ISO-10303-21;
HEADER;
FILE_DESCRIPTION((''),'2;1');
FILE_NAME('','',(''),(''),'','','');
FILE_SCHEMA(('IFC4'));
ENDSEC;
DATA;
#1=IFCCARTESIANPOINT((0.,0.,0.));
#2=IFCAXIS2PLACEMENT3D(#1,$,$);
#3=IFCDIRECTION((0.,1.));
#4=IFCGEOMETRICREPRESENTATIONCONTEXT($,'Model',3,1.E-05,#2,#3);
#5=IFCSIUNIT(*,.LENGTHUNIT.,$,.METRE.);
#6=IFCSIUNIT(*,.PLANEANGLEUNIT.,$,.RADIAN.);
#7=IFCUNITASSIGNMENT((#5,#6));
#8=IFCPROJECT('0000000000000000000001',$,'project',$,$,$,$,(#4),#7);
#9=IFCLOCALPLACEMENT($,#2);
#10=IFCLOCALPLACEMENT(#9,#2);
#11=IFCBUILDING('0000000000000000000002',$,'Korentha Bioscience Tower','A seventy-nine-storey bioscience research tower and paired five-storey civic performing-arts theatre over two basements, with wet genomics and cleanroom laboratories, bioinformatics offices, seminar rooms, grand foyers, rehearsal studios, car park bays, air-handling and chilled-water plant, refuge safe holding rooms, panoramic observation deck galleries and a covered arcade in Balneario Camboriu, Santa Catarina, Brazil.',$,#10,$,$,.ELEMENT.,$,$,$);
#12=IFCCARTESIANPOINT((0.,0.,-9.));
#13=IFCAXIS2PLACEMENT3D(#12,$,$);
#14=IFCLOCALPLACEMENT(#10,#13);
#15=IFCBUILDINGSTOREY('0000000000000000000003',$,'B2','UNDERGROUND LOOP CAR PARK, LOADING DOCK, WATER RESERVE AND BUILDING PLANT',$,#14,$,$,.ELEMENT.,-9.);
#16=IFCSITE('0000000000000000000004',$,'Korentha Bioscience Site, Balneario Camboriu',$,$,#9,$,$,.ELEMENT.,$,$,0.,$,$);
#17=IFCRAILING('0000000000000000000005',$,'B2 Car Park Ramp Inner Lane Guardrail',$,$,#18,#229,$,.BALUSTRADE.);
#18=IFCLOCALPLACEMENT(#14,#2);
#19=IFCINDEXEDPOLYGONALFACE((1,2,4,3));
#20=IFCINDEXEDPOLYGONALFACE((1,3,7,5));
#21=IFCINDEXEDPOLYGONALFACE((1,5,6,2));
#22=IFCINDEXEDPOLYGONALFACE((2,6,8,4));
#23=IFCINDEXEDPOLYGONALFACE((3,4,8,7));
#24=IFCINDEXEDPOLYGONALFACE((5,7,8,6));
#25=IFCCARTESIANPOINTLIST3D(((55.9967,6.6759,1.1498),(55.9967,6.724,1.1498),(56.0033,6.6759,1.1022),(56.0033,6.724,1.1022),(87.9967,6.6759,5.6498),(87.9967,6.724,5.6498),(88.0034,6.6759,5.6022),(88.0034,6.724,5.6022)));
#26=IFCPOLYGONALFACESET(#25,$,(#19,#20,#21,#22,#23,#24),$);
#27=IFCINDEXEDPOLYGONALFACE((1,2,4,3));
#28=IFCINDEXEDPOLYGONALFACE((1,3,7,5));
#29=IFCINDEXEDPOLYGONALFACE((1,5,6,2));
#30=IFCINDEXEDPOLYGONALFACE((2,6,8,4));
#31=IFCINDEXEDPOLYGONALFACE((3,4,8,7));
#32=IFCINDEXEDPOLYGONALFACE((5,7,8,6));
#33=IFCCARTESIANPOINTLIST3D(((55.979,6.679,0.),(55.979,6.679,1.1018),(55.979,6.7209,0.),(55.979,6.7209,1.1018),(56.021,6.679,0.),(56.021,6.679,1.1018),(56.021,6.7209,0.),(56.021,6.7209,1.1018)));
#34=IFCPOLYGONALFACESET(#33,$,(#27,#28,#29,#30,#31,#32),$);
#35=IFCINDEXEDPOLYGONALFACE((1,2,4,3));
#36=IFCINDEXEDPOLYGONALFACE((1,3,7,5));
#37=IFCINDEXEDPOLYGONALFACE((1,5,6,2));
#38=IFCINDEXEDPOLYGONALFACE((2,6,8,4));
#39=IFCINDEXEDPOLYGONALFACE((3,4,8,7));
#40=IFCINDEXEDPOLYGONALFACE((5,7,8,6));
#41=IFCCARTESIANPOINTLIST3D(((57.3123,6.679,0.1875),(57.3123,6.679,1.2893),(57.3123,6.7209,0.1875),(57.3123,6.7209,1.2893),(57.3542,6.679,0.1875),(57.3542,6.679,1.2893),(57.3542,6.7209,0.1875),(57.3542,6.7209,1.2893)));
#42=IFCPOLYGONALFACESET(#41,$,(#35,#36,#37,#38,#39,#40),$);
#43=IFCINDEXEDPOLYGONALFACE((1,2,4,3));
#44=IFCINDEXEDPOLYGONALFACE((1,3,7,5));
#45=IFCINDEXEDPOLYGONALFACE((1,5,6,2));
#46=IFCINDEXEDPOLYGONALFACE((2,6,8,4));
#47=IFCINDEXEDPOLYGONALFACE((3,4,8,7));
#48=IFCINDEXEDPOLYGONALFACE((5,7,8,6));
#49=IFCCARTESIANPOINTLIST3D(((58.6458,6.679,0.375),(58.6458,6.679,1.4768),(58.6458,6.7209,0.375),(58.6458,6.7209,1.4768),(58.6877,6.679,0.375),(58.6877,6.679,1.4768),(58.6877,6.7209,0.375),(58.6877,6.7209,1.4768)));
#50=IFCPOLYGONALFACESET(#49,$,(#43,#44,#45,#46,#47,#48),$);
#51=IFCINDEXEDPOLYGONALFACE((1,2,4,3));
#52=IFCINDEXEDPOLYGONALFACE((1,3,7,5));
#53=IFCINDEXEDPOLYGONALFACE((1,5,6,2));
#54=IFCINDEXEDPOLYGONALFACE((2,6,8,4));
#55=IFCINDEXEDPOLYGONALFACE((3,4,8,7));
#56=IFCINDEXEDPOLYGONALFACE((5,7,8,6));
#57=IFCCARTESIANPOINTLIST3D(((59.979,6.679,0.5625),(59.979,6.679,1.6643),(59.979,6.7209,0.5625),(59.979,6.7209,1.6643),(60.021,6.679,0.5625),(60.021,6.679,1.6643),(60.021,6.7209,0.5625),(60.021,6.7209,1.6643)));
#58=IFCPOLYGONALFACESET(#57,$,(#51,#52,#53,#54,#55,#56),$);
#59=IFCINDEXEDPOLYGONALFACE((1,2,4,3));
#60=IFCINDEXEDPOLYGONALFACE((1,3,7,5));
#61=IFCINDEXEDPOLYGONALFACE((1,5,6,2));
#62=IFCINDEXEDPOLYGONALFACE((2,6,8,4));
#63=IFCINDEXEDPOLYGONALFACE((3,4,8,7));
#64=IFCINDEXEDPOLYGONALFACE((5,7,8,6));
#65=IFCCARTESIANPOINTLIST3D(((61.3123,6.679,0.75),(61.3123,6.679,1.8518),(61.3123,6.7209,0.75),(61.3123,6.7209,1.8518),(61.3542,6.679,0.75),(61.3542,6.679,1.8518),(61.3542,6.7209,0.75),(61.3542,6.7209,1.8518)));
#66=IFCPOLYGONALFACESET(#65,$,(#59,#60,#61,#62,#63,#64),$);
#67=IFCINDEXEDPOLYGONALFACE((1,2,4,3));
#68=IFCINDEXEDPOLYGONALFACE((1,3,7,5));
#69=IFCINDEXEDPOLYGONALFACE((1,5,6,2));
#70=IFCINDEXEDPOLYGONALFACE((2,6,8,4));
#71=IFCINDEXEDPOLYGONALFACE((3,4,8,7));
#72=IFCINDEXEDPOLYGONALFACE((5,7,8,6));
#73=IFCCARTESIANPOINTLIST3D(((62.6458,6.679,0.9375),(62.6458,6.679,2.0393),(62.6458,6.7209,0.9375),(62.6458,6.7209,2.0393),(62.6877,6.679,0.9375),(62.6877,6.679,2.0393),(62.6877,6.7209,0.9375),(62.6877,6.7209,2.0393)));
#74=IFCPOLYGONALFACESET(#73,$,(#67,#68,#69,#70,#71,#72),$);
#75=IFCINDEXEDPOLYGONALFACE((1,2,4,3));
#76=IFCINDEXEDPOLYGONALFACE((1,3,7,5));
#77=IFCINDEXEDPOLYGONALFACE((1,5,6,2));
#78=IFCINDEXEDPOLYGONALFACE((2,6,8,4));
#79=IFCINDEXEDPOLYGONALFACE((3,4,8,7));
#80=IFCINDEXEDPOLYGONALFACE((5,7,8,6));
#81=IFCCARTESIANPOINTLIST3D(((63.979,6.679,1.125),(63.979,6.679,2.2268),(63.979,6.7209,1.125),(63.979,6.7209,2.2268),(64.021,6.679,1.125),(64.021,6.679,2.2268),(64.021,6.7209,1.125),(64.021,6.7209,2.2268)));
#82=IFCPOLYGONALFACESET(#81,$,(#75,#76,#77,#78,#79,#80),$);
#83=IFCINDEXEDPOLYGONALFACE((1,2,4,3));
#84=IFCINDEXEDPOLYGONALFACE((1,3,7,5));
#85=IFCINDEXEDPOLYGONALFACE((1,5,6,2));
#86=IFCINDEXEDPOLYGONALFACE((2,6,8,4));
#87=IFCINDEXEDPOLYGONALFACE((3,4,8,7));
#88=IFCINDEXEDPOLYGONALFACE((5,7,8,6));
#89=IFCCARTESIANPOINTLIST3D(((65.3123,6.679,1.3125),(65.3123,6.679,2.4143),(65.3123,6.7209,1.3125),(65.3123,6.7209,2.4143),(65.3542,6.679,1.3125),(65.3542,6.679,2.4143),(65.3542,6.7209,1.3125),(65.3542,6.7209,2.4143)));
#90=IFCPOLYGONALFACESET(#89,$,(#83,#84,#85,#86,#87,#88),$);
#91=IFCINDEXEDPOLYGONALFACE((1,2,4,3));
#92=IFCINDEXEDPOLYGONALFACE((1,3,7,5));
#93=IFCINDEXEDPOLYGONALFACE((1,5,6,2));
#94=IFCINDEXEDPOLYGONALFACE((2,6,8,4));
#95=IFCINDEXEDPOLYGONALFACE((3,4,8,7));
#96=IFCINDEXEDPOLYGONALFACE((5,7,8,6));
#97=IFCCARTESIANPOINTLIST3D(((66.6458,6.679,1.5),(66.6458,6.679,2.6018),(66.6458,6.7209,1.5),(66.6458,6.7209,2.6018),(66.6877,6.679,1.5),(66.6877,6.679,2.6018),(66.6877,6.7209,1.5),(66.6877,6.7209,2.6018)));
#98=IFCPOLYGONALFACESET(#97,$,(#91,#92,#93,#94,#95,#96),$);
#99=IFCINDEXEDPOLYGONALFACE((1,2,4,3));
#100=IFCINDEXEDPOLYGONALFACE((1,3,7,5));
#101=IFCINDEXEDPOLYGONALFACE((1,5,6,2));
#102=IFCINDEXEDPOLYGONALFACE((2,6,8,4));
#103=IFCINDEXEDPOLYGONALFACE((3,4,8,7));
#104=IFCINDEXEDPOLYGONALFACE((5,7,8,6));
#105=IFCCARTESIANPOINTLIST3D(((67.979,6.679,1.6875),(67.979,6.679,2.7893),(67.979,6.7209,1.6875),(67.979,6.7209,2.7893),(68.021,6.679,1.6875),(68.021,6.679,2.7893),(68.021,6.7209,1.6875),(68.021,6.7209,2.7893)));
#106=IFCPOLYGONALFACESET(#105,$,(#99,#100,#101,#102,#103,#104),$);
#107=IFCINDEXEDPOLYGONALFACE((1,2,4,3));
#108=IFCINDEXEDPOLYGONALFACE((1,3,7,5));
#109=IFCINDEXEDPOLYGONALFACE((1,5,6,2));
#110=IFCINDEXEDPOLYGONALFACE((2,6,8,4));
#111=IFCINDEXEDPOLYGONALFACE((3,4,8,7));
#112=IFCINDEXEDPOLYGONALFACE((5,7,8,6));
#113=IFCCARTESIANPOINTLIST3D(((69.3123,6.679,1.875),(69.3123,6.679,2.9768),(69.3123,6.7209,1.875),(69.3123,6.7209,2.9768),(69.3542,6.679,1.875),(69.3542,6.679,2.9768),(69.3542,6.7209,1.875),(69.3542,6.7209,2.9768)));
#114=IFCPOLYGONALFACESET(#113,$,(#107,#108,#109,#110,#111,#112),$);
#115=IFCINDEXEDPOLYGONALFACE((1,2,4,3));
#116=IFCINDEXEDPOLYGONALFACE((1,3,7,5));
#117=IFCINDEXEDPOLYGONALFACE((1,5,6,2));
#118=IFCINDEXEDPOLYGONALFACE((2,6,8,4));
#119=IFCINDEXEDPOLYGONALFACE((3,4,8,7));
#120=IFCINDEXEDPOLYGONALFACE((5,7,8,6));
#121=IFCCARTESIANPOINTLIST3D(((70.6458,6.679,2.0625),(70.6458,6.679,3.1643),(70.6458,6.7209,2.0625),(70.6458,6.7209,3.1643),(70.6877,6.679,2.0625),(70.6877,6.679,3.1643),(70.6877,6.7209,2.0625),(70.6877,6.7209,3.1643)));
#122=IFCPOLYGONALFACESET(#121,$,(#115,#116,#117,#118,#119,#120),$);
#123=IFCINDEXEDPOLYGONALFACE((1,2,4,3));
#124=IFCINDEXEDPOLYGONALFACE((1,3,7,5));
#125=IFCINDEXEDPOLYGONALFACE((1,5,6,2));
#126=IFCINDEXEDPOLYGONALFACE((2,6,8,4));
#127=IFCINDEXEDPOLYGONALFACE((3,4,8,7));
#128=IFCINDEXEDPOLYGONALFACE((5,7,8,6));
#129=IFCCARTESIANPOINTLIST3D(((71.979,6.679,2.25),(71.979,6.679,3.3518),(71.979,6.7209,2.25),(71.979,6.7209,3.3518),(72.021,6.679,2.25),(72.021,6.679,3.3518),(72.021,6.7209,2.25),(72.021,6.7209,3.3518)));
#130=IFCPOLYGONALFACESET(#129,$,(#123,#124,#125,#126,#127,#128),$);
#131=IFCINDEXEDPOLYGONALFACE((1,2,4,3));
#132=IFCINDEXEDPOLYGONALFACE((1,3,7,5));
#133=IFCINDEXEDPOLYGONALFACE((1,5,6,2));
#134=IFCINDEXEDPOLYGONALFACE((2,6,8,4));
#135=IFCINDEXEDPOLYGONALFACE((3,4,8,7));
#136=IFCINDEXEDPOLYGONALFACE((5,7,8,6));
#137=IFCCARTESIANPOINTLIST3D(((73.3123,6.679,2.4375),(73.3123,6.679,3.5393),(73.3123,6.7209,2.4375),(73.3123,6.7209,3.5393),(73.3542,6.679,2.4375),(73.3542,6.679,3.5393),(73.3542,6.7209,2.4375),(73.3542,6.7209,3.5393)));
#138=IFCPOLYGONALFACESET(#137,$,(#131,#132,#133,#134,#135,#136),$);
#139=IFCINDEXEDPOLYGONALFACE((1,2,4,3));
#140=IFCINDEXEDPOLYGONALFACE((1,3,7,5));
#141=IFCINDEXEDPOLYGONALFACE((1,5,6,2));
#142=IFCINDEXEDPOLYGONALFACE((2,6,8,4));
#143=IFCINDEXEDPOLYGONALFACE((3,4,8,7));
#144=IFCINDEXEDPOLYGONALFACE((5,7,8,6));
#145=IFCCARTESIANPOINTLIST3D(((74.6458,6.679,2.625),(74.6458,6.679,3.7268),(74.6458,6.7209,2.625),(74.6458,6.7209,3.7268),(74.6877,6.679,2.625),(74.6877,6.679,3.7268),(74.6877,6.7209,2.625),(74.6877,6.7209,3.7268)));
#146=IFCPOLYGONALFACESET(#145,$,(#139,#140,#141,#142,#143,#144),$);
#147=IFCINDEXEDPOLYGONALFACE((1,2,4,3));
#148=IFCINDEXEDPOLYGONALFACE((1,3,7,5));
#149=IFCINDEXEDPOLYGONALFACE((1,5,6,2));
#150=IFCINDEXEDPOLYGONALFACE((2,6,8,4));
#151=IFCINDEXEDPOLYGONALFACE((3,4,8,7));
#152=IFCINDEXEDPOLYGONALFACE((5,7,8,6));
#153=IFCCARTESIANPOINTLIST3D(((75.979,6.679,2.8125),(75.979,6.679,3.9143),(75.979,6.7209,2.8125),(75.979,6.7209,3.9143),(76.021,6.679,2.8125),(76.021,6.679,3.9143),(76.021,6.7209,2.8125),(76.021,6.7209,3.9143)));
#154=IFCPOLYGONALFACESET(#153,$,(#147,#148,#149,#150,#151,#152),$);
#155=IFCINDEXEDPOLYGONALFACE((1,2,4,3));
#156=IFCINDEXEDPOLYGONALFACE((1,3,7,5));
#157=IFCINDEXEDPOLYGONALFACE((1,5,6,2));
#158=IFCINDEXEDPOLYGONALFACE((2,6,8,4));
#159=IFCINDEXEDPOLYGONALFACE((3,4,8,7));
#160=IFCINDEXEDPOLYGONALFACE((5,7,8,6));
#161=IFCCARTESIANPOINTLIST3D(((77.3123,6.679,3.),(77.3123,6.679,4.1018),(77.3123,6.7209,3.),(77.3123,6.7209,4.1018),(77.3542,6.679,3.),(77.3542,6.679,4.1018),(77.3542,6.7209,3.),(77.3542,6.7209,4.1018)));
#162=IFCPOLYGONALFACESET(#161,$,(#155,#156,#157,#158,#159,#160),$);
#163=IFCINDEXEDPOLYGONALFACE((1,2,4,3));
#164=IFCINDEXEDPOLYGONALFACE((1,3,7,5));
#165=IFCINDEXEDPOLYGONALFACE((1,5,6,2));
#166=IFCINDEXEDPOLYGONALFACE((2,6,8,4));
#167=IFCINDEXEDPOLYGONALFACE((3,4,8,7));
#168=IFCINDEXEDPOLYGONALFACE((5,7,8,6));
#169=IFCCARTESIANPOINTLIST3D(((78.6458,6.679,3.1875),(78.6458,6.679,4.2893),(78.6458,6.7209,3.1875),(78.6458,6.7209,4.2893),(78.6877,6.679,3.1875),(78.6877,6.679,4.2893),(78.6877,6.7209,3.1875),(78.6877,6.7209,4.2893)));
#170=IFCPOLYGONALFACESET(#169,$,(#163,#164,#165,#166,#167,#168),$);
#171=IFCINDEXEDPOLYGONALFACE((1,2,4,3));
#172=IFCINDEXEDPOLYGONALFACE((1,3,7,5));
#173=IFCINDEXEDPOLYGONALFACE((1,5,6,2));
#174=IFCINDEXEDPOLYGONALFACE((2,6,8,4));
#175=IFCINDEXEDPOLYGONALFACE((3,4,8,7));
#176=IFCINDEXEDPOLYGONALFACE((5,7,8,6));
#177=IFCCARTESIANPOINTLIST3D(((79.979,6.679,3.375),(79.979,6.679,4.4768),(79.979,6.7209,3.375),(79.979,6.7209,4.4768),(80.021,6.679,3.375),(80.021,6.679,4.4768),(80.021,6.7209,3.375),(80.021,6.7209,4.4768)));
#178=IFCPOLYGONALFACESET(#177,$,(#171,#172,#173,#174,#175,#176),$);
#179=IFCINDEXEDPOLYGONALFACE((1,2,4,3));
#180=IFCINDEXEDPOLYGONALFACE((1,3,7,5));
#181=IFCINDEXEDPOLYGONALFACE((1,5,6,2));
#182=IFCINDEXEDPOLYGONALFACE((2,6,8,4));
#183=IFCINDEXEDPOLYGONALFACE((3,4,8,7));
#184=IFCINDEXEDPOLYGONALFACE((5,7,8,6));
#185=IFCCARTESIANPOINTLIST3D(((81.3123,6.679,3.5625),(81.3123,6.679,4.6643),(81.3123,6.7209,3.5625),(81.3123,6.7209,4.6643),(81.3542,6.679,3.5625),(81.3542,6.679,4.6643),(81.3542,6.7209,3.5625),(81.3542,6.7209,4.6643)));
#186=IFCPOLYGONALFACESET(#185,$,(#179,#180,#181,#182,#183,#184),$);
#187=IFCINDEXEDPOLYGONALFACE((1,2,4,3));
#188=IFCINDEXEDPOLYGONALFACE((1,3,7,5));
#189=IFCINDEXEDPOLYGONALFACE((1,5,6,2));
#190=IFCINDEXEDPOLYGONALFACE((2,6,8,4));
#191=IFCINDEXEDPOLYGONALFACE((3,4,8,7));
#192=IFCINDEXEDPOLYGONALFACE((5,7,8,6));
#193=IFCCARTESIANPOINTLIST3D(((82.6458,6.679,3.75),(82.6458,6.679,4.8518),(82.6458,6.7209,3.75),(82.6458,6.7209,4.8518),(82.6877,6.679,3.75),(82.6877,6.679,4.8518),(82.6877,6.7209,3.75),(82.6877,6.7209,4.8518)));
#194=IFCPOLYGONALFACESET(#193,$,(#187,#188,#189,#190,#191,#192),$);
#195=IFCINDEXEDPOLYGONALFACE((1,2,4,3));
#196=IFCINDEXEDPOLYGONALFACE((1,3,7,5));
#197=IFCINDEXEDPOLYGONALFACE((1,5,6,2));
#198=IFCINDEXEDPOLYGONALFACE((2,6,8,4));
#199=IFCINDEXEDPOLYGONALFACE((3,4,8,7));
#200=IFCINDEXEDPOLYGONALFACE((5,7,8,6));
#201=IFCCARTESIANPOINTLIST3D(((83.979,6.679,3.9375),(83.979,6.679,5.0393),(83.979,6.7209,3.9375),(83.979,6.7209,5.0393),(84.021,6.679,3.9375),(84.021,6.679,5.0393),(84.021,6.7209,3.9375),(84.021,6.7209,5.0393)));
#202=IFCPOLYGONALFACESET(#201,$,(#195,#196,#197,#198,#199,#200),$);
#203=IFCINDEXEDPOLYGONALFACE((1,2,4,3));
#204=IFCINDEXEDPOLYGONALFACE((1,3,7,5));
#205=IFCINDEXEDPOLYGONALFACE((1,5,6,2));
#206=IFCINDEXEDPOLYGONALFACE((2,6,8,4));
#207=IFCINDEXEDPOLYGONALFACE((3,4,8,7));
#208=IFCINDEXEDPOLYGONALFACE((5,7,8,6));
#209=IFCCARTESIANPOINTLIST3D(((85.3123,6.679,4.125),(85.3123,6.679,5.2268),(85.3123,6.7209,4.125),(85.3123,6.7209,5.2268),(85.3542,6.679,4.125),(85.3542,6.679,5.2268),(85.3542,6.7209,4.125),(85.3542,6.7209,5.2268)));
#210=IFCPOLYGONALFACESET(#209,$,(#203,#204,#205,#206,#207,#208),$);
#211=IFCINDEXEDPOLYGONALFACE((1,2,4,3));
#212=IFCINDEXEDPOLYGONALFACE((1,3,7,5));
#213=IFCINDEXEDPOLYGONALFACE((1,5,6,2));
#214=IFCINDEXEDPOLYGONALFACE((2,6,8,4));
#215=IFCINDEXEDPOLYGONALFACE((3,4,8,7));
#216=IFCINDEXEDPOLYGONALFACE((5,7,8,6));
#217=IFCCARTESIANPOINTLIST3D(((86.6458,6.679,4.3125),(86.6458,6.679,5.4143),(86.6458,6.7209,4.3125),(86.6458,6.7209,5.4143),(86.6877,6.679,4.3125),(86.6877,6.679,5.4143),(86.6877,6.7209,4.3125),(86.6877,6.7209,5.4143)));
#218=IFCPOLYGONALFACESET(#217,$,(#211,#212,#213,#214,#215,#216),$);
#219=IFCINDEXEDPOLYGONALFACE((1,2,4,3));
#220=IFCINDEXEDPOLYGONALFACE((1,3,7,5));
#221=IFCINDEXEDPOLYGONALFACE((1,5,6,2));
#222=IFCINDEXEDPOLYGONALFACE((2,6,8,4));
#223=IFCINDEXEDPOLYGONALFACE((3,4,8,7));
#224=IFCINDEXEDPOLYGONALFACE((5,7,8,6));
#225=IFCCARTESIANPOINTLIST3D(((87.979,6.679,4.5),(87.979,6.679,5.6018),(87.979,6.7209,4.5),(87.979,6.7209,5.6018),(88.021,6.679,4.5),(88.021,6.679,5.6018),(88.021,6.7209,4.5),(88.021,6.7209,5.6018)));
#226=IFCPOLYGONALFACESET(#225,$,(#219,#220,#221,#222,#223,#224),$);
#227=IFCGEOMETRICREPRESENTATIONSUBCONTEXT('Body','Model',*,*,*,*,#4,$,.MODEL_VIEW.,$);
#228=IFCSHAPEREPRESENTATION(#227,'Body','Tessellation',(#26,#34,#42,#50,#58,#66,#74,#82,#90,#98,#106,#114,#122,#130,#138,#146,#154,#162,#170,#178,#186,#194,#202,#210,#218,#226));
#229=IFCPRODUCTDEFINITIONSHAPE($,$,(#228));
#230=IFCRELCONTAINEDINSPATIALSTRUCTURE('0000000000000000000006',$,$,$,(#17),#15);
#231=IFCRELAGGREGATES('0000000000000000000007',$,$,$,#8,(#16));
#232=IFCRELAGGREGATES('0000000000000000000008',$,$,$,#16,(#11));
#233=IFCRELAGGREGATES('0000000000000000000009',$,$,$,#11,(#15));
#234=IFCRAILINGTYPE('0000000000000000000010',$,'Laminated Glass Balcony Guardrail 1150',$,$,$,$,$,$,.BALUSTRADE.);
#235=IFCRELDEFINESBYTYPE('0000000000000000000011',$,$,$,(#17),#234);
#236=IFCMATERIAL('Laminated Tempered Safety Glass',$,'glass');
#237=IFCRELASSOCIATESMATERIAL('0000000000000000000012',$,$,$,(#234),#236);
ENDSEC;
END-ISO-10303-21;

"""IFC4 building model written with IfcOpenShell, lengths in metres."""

from ifc_helpers import new_model, si_unit, direction, frame, origin, origin_2d, place, context, subcontext, project, spatial, rectangle, extrude, material, type_object, element, save


model = new_model("IFC4")

# Units and contexts
model_context = context("Model", 3, precision=1e-05, world=origin(), true_north=direction((0.0, 1.0)))
body_context = subcontext(model_context, "Body", "Model", "MODEL_VIEW")
ifc_project = project(units=[si_unit("LENGTHUNIT", "METRE"), si_unit("PLANEANGLEUNIT", "RADIAN")], contexts=[model_context])

# Site, building, storey
site_placement = place(None, origin())
site = spatial("IfcSite", under=ifc_project, at=site_placement, Name="Korentha Bioscience Site, Balneario Camboriu", CompositionType="ELEMENT", RefElevation=0.0)
building_placement = place(site_placement, origin())
building = spatial("IfcBuilding", under=site, at=building_placement, Name="Korentha Bioscience Tower", Description="A seventy-nine-storey bioscience research tower and paired five-storey civic performing-arts theatre over two basements, with wet genomics and cleanroom laboratories, bioinformatics offices, seminar rooms, grand foyers, rehearsal studios, car park bays, air-handling and chilled-water plant, refuge safe holding rooms, panoramic observation deck galleries and a covered arcade in Balneario Camboriu, Santa Catarina, Brazil.", CompositionType="ELEMENT")
storey_placement = place(building_placement, frame((0.0, 0.0, -9.0)))
storey = spatial("IfcBuildingStorey", under=building, at=storey_placement, Name="B2", Description="UNDERGROUND LOOP CAR PARK, LOADING DOCK, WATER RESERVE AND BUILDING PLANT", CompositionType="ELEMENT", Elevation=-9.0)

# Railing
ifc_material_1 = material(Name="Laminated Tempered Safety Glass", Category="glass")
railing_type = type_object("IfcRailingType", Name="Laminated Glass Balcony Guardrail 1150", PredefinedType="BALUSTRADE", material=ifc_material_1)
railing_placement = place(storey_placement, frame((56.0, 6.7, 0.0)))
element("IfcRailing", 1, at=railing_placement, inside=storey, type_object=railing_type, Name="B2 Car Park Ramp Inner Lane Guardrail", PredefinedType="BALUSTRADE", context=body_context, shape_type="SweptSolid", body=[
    extrude(rectangle(XDim=0.0481, YDim=0.0481, at=origin_2d()), frame((0.0, 0.0, 1.126), z_axis=(0.990257, 0.0, 0.139255), x_axis=(0.0, 1.0, 0.0)), (0.0, 0.0, 1.0), 32.3149),
    extrude(rectangle(XDim=0.042, YDim=0.042, at=origin_2d()), origin(), (0.0, 0.0, 1.0), 1.1018),
    extrude(rectangle(XDim=0.042, YDim=0.042, at=origin_2d()), frame((1.3333, 0.0, 0.1875)), (0.0, 0.0, 1.0), 1.1018),
    extrude(rectangle(XDim=0.042, YDim=0.042, at=origin_2d()), frame((2.6667, 0.0, 0.375)), (0.0, 0.0, 1.0), 1.1018),
    extrude(rectangle(XDim=0.042, YDim=0.042, at=origin_2d()), frame((4.0, 0.0, 0.5625)), (0.0, 0.0, 1.0), 1.1018),
    extrude(rectangle(XDim=0.042, YDim=0.042, at=origin_2d()), frame((5.3333, 0.0, 0.75)), (0.0, 0.0, 1.0), 1.1018),
    extrude(rectangle(XDim=0.042, YDim=0.042, at=origin_2d()), frame((6.6667, 0.0, 0.9375)), (0.0, 0.0, 1.0), 1.1018),
    extrude(rectangle(XDim=0.042, YDim=0.042, at=origin_2d()), frame((8.0, 0.0, 1.125)), (0.0, 0.0, 1.0), 1.1018),
    extrude(rectangle(XDim=0.042, YDim=0.042, at=origin_2d()), frame((9.3333, 0.0, 1.3125)), (0.0, 0.0, 1.0), 1.1018),
    extrude(rectangle(XDim=0.042, YDim=0.042, at=origin_2d()), frame((10.6667, 0.0, 1.5)), (0.0, 0.0, 1.0), 1.1018),
    extrude(rectangle(XDim=0.042, YDim=0.042, at=origin_2d()), frame((12.0, 0.0, 1.6875)), (0.0, 0.0, 1.0), 1.1018),
    extrude(rectangle(XDim=0.042, YDim=0.042, at=origin_2d()), frame((13.3333, 0.0, 1.875)), (0.0, 0.0, 1.0), 1.1018),
    extrude(rectangle(XDim=0.042, YDim=0.042, at=origin_2d()), frame((14.6667, 0.0, 2.0625)), (0.0, 0.0, 1.0), 1.1018),
    extrude(rectangle(XDim=0.042, YDim=0.042, at=origin_2d()), frame((16.0, 0.0, 2.25)), (0.0, 0.0, 1.0), 1.1018),
    extrude(rectangle(XDim=0.042, YDim=0.042, at=origin_2d()), frame((17.3333, 0.0, 2.4375)), (0.0, 0.0, 1.0), 1.1018),
    extrude(rectangle(XDim=0.042, YDim=0.042, at=origin_2d()), frame((18.6667, 0.0, 2.625)), (0.0, 0.0, 1.0), 1.1018),
    extrude(rectangle(XDim=0.042, YDim=0.042, at=origin_2d()), frame((20.0, 0.0, 2.8125)), (0.0, 0.0, 1.0), 1.1018),
    extrude(rectangle(XDim=0.042, YDim=0.042, at=origin_2d()), frame((21.3333, 0.0, 3.0)), (0.0, 0.0, 1.0), 1.1018),
    extrude(rectangle(XDim=0.042, YDim=0.042, at=origin_2d()), frame((22.6667, 0.0, 3.1875)), (0.0, 0.0, 1.0), 1.1018),
    extrude(rectangle(XDim=0.042, YDim=0.042, at=origin_2d()), frame((24.0, 0.0, 3.375)), (0.0, 0.0, 1.0), 1.1018),
    extrude(rectangle(XDim=0.042, YDim=0.042, at=origin_2d()), frame((25.3333, 0.0, 3.5625)), (0.0, 0.0, 1.0), 1.1018),
    extrude(rectangle(XDim=0.042, YDim=0.042, at=origin_2d()), frame((26.6667, 0.0, 3.75)), (0.0, 0.0, 1.0), 1.1018),
    extrude(rectangle(XDim=0.042, YDim=0.042, at=origin_2d()), frame((28.0, 0.0, 3.9375)), (0.0, 0.0, 1.0), 1.1018),
    extrude(rectangle(XDim=0.042, YDim=0.042, at=origin_2d()), frame((29.3333, 0.0, 4.125)), (0.0, 0.0, 1.0), 1.1018),
    extrude(rectangle(XDim=0.042, YDim=0.042, at=origin_2d()), frame((30.6667, 0.0, 4.3125)), (0.0, 0.0, 1.0), 1.1018),
    extrude(rectangle(XDim=0.042, YDim=0.042, at=origin_2d()), frame((32.0, 0.0, 4.5)), (0.0, 0.0, 1.0), 1.1018),
])

save(model, "model.ifc")
